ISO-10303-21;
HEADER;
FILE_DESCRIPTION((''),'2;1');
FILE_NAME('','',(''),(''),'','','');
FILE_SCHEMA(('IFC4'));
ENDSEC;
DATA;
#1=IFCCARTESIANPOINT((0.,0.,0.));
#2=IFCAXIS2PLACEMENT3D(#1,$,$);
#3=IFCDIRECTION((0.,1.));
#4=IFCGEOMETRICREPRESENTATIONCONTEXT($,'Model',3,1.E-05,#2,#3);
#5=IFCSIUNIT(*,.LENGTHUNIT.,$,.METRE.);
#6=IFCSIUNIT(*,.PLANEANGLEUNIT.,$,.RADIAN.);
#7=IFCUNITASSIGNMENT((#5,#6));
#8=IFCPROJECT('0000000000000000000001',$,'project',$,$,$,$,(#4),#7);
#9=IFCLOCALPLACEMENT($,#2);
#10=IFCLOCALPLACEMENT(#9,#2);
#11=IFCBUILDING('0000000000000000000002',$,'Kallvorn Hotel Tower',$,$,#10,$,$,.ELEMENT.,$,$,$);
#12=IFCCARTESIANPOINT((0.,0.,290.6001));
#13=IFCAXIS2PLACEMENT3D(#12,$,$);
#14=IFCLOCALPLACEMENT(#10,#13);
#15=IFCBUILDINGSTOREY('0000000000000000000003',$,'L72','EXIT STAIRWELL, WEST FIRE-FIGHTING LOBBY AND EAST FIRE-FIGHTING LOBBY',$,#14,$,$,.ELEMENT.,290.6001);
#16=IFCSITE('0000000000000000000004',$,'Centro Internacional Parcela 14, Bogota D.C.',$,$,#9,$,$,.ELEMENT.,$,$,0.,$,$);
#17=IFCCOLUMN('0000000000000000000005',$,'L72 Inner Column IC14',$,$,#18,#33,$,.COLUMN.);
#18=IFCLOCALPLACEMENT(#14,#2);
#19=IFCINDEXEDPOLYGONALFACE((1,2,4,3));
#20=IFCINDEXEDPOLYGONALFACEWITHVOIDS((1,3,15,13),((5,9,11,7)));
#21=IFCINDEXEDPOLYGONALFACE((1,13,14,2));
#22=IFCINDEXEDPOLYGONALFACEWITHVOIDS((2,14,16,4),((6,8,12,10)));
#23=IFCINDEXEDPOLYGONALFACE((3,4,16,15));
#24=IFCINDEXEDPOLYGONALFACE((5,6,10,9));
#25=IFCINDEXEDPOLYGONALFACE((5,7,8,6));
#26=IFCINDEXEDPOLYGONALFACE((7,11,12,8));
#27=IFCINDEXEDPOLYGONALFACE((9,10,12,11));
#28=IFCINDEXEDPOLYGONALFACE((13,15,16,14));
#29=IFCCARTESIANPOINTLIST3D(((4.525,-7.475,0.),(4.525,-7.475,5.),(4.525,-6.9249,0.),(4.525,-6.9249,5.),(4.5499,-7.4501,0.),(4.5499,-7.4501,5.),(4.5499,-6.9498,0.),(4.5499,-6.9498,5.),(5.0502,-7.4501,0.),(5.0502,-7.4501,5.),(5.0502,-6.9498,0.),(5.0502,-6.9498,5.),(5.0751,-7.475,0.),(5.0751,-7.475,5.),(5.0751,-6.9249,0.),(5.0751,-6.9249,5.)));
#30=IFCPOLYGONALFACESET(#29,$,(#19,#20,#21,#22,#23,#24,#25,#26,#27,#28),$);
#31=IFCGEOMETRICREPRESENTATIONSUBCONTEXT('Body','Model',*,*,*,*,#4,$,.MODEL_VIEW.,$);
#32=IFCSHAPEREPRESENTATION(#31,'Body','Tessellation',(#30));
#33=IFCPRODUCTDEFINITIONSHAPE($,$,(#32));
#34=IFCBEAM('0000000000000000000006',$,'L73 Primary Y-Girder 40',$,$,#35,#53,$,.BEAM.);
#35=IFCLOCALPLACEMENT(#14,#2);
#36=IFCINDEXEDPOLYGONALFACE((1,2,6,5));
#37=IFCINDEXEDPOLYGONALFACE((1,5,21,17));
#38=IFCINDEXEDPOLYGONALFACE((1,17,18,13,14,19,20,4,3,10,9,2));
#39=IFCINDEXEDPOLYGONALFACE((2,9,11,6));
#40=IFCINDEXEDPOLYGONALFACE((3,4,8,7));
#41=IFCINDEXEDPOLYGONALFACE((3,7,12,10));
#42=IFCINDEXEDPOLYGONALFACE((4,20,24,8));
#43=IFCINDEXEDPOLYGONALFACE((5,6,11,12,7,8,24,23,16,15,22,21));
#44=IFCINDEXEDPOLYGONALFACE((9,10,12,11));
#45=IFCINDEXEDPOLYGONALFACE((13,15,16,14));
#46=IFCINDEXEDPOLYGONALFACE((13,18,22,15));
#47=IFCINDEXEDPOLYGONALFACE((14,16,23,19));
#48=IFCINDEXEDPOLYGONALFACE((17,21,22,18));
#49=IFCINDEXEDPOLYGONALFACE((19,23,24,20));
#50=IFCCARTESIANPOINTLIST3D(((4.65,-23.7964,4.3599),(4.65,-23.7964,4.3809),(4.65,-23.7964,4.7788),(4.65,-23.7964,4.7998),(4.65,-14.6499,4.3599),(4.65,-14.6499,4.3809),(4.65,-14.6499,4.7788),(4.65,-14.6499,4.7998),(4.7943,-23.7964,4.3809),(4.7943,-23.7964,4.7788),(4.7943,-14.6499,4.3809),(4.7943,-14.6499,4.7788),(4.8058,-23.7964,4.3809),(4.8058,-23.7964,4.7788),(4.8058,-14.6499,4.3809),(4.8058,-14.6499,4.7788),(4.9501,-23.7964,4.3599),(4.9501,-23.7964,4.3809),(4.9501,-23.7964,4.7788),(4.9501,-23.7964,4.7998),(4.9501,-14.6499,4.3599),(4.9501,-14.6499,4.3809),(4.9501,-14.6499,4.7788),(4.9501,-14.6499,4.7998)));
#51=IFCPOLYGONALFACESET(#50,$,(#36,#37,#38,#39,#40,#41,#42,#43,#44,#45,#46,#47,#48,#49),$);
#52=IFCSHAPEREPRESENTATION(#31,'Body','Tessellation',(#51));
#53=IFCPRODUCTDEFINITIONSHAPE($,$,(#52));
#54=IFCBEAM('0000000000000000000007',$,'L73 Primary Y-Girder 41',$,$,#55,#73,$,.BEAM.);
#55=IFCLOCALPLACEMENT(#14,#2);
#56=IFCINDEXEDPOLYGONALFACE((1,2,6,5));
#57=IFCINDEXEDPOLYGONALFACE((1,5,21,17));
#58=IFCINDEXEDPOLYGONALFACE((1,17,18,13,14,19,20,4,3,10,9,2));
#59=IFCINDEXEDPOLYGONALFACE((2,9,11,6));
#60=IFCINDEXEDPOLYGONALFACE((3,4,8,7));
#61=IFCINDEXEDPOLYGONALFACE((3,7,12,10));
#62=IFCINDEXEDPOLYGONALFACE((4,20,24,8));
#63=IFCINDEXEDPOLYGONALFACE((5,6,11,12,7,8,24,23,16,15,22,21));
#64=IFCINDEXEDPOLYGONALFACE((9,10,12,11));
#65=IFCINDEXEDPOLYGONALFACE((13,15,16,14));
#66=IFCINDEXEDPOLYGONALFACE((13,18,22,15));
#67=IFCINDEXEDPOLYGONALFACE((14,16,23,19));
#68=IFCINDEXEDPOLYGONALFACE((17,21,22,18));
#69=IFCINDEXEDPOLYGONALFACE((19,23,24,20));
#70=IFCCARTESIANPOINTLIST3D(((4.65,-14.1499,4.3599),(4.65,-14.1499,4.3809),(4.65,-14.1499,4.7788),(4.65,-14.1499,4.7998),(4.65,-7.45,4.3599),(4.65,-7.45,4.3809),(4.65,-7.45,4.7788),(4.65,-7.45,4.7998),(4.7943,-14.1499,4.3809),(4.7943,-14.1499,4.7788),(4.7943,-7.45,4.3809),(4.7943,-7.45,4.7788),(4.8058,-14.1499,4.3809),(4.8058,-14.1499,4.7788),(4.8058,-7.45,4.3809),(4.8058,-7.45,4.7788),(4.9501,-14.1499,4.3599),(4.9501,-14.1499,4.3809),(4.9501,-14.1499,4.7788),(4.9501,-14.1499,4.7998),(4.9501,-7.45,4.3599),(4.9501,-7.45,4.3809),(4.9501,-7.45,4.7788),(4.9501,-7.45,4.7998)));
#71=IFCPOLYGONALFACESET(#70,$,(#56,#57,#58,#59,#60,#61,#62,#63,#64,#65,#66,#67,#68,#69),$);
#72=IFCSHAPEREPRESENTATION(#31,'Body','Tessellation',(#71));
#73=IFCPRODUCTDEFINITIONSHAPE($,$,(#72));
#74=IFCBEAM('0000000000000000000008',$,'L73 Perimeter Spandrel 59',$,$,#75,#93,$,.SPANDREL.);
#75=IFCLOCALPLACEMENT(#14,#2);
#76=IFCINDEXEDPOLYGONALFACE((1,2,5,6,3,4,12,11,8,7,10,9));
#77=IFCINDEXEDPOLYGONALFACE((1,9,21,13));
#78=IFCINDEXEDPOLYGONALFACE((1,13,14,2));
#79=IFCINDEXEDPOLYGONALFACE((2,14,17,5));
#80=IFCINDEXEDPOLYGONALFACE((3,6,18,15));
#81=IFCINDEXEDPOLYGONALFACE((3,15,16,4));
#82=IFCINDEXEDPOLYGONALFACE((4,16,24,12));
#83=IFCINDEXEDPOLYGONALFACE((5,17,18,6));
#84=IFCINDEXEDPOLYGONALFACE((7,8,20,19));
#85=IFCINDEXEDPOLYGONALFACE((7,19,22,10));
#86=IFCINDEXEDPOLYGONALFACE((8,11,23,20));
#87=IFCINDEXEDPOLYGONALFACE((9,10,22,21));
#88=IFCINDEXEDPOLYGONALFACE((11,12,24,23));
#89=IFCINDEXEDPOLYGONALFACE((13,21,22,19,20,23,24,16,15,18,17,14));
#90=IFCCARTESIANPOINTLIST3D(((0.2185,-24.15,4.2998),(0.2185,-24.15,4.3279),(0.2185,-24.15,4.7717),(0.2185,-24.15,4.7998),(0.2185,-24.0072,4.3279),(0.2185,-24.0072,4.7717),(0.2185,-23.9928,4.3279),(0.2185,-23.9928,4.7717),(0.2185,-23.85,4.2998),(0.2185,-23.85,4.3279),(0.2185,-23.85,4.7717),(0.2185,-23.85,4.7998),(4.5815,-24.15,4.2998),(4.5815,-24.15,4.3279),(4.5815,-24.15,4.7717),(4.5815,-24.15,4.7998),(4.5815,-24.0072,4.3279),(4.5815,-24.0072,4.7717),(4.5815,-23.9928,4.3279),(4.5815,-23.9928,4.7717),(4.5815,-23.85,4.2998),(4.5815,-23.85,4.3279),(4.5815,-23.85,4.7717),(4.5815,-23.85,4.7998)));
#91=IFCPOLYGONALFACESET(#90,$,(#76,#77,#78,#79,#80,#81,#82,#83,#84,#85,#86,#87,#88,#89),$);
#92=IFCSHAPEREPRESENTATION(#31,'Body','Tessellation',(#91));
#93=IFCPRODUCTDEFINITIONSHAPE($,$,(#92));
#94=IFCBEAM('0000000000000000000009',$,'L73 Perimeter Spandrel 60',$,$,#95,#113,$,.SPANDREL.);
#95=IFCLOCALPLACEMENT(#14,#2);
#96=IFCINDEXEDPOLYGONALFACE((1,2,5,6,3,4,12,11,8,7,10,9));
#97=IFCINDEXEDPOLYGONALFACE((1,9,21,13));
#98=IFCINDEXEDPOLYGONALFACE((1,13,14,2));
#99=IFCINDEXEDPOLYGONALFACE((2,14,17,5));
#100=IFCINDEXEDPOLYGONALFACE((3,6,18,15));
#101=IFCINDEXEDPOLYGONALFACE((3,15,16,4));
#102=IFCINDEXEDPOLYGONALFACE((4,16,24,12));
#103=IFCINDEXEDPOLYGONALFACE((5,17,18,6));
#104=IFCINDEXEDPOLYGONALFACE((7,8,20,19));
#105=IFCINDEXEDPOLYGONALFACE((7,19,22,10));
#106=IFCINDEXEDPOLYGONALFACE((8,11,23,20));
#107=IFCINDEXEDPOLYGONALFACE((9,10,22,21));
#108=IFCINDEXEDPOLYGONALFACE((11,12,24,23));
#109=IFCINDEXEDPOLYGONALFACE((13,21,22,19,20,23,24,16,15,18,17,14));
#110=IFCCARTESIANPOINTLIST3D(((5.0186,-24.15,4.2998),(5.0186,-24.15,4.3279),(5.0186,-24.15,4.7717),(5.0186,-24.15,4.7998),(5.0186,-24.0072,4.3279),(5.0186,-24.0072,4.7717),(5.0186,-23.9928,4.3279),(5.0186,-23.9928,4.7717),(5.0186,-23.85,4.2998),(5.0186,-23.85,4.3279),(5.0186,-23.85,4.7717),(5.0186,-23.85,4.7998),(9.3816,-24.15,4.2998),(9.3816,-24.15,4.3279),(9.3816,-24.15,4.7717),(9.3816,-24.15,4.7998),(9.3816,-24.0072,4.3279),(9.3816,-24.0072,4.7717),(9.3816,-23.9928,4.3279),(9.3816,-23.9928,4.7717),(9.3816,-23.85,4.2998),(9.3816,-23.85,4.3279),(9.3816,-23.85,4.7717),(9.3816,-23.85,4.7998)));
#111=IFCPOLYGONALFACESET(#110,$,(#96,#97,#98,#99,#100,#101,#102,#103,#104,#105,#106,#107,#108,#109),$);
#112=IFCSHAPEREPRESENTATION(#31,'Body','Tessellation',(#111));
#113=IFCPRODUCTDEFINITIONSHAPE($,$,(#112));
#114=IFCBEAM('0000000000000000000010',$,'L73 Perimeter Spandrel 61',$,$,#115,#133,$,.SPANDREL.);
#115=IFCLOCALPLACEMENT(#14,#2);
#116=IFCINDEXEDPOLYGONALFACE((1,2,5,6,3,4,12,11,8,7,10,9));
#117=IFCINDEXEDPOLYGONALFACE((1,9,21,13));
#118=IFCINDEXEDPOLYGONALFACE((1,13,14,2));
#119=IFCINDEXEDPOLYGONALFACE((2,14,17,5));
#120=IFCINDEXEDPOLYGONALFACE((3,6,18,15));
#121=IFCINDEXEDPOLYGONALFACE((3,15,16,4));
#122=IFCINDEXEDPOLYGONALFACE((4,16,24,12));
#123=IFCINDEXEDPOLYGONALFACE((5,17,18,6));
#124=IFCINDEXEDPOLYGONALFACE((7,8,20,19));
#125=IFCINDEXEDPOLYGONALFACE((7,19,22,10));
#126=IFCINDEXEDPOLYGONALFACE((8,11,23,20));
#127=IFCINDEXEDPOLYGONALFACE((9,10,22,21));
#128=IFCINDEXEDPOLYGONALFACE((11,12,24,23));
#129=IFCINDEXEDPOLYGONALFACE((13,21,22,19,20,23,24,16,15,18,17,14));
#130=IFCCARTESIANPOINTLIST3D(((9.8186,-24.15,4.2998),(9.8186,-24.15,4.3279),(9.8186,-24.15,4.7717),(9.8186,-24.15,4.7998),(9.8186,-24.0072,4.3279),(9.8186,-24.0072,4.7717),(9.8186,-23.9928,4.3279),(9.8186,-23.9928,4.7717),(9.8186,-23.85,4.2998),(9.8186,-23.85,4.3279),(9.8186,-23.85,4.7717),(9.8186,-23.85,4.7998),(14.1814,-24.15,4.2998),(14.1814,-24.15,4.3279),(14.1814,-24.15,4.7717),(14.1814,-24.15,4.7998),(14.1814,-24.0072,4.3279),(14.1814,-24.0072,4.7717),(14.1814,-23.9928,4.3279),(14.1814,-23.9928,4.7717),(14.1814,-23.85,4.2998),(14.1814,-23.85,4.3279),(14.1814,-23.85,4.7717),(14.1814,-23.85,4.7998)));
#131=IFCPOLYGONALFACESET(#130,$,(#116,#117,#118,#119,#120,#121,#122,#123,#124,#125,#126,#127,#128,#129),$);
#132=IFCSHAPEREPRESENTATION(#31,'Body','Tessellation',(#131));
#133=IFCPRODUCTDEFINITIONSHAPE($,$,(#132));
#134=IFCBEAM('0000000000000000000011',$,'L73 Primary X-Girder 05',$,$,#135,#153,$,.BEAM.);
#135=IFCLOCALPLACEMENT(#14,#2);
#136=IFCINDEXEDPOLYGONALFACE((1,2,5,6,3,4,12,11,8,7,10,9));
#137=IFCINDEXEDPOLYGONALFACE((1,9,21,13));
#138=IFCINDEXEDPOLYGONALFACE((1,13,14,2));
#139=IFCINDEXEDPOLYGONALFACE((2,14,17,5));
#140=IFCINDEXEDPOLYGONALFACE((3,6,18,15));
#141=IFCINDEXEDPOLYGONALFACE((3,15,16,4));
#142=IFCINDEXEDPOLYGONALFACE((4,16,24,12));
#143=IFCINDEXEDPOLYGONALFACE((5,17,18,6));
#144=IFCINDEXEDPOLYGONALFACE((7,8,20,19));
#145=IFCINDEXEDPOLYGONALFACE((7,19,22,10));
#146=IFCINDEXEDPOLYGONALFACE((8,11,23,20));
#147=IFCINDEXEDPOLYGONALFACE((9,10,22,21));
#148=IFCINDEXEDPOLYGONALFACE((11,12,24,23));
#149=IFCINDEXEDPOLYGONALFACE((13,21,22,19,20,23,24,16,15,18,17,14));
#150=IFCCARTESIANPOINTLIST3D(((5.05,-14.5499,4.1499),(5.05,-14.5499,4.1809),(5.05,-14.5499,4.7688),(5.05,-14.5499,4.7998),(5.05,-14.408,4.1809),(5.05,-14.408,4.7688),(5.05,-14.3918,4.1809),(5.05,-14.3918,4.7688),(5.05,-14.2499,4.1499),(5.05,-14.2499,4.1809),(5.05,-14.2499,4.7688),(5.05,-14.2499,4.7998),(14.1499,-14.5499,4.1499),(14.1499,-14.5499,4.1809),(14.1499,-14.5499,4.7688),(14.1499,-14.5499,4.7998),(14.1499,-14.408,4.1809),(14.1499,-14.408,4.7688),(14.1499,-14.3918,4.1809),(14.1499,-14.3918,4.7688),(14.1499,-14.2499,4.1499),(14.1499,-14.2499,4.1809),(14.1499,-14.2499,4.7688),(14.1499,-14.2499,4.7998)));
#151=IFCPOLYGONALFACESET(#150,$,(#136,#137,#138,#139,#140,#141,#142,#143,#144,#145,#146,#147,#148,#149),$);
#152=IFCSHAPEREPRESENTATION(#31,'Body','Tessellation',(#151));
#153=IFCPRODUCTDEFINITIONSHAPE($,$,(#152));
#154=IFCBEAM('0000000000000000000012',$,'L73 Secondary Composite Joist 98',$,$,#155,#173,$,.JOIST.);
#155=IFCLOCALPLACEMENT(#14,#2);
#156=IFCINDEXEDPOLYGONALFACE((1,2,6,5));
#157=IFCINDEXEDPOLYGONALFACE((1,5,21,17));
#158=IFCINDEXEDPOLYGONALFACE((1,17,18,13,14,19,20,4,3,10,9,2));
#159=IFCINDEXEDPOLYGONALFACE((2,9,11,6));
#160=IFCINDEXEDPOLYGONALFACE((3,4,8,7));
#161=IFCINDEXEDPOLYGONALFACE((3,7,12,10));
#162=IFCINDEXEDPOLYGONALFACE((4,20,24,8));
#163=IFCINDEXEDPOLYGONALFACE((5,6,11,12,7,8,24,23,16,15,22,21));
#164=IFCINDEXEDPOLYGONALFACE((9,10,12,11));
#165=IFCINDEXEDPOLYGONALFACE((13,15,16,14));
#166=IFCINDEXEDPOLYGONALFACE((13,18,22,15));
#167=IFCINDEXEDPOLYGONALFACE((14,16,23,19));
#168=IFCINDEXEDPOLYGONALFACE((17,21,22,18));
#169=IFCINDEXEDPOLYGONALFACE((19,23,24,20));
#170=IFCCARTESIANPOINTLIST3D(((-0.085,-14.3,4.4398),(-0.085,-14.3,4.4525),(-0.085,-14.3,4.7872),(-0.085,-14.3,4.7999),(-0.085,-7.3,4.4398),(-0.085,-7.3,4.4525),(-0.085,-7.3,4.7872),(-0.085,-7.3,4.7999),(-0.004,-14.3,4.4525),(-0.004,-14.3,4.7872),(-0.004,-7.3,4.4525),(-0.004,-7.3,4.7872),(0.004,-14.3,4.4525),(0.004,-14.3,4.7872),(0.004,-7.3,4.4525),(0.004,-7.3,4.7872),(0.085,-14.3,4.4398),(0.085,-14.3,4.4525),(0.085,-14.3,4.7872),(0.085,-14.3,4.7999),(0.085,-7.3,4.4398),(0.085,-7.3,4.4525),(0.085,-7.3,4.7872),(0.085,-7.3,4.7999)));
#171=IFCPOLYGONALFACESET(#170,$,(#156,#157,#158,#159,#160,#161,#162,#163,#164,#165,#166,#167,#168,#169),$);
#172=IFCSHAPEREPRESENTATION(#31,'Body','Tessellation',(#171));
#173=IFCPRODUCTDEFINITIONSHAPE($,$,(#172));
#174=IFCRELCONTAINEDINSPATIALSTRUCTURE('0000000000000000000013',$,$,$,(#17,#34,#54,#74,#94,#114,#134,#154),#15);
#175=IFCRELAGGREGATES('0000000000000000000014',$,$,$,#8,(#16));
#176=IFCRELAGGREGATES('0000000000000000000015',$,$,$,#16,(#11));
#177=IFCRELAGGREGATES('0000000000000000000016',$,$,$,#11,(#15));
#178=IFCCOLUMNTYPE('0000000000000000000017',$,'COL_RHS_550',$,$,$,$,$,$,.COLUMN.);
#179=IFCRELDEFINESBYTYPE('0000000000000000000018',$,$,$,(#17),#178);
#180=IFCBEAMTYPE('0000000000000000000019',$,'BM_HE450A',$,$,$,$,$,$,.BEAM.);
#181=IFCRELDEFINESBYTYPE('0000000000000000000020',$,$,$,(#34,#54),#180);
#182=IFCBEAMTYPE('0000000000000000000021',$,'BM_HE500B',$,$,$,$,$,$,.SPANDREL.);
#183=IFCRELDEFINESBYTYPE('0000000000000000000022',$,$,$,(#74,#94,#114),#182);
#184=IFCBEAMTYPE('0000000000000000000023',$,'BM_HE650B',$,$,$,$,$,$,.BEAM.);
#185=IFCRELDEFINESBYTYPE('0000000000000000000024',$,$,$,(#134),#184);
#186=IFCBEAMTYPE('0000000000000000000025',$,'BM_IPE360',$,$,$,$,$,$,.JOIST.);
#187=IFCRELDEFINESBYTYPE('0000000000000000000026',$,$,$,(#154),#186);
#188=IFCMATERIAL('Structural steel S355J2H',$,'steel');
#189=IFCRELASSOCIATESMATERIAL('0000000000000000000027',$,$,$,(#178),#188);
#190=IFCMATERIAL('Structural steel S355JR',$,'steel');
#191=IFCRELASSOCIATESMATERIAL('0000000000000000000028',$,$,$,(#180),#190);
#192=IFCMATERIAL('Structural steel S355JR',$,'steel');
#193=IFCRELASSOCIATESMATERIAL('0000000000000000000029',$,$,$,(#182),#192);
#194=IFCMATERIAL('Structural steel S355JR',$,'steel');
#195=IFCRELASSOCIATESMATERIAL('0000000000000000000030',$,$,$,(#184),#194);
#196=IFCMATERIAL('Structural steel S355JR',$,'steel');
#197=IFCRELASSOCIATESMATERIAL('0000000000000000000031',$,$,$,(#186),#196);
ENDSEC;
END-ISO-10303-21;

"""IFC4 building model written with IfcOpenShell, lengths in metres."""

from ifc_helpers import new_model, si_unit, direction, frame, origin, origin_2d, place, context, subcontext, project, spatial, hollow_rectangle, i_section, extrude, material, material_profile, profile_set, type_object, element, save


model = new_model("IFC4")

# Units and contexts
model_context = context("Model", 3, precision=1e-05, world=origin(), true_north=direction((0.0, 1.0)))
body_context = subcontext(model_context, "Body", "Model", "MODEL_VIEW")
ifc_project = project(units=[si_unit("LENGTHUNIT", "METRE"), si_unit("PLANEANGLEUNIT", "RADIAN")], contexts=[model_context])

# Site, building, storey
site_placement = place(None, origin())
site = spatial("IfcSite", under=ifc_project, at=site_placement, Name="Centro Internacional Parcela 14, Bogota D.C.", CompositionType="ELEMENT", RefElevation=0.0)
building_placement = place(site_placement, origin())
building = spatial("IfcBuilding", under=site, at=building_placement, Name="Kallvorn Hotel Tower", CompositionType="ELEMENT")
storey_placement = place(building_placement, frame((0.0, 0.0, 290.6001)))
storey = spatial("IfcBuildingStorey", under=building, at=storey_placement, Name="L72", Description="EXIT STAIRWELL, WEST FIRE-FIGHTING LOBBY AND EAST FIRE-FIGHTING LOBBY", CompositionType="ELEMENT", Elevation=290.6001)

# Column
ifc_material_1 = material(Name="Structural steel S355J2H", Category="steel")
ifc_material_profile_1 = material_profile(ifc_material_1, hollow_rectangle(XDim=0.55, YDim=0.55, WallThickness=0.0249, at=origin_2d()), Name="RHS 550x550x25")
ifc_profile_set_1 = profile_set([ifc_material_profile_1], Name="Structural steel S355J2H")
column_type_1 = type_object("IfcColumnType", Name="COL_RHS_550", PredefinedType="COLUMN", material=ifc_profile_set_1)
for number, where, z_axis, x_axis, name in (
    (1, (4.8, -7.2, 0.0), (0.0, 0.0, 1.0), (1.0, 0.0, 0.0), "L72 Inner Column IC14"),
):
    element("IfcColumn", number, at=place(storey_placement, frame(where, z_axis=z_axis, x_axis=x_axis)), inside=storey, type_object=column_type_1, Name=name, PredefinedType="COLUMN", context=body_context, shape_type="SweptSolid", body=[
        extrude(hollow_rectangle(XDim=0.55, YDim=0.55, WallThickness=0.0249, at=origin_2d()), origin(), (0.0, 0.0, 1.0), 5.0),
    ])

# Beams
ifc_material_2 = material(Name="Structural steel S355JR", Category="steel")
ifc_material_profile_2 = material_profile(ifc_material_2, i_section(OverallWidth=0.3, OverallDepth=0.4399, WebThickness=0.0115, FlangeThickness=0.021, at=origin_2d()), Name="HE 450 A")
ifc_profile_set_2 = profile_set([ifc_material_profile_2], Name="Structural steel S355JR")
beam_type_1 = type_object("IfcBeamType", Name="BM_HE450A", PredefinedType="BEAM", material=ifc_profile_set_2)
beam_1_placement = place(storey_placement, frame((4.8, -23.7964, 4.5798), z_axis=(0.0, 1.0, 0.0), x_axis=(-1.0, 0.0, 0.0)))
element("IfcBeam", 2, at=beam_1_placement, inside=storey, type_object=beam_type_1, Name="L73 Primary Y-Girder 40", PredefinedType="BEAM", context=body_context, shape_type="SweptSolid", body=[
    extrude(i_section(OverallWidth=0.3, OverallDepth=0.4399, WebThickness=0.0115, FlangeThickness=0.021, at=origin_2d()), origin(), (0.0, 0.0, 1.0), 9.1465),
])
beam_2_placement = place(storey_placement, frame((4.8, -14.1499, 4.5798), z_axis=(0.0, 1.0, 0.0), x_axis=(-1.0, 0.0, 0.0)))
element("IfcBeam", 3, at=beam_2_placement, inside=storey, type_object=beam_type_1, Name="L73 Primary Y-Girder 41", PredefinedType="BEAM", context=body_context, shape_type="SweptSolid", body=[
    extrude(i_section(OverallWidth=0.3, OverallDepth=0.4399, WebThickness=0.0115, FlangeThickness=0.021, at=origin_2d()), origin(), (0.0, 0.0, 1.0), 6.7),
])
ifc_material_3 = material(Name="Structural steel S355JR", Category="steel")
ifc_material_profile_3 = material_profile(ifc_material_3, i_section(OverallWidth=0.3, OverallDepth=0.5, WebThickness=0.0144, FlangeThickness=0.0281, at=origin_2d()), Name="HE 500 B")
ifc_profile_set_3 = profile_set([ifc_material_profile_3], Name="Structural steel S355JR")
beam_type_2 = type_object("IfcBeamType", Name="BM_HE500B", PredefinedType="SPANDREL", material=ifc_profile_set_3)
for number, where, z_axis, x_axis, name in (
    (4, (0.2185, -24.0, 4.5498), (1.0, 0.0, 0.0), (0.0, 1.0, 0.0), "L73 Perimeter Spandrel 59"),
    (5, (5.0186, -24.0, 4.5498), (1.0, 0.0, 0.0), (0.0, 1.0, 0.0), "L73 Perimeter Spandrel 60"),
):
    element("IfcBeam", number, at=place(storey_placement, frame(where, z_axis=z_axis, x_axis=x_axis)), inside=storey, type_object=beam_type_2, Name=name, PredefinedType="SPANDREL", context=body_context, shape_type="SweptSolid", body=[
        extrude(i_section(OverallWidth=0.3, OverallDepth=0.5, WebThickness=0.0144, FlangeThickness=0.0281, at=origin_2d()), origin(), (0.0, 0.0, 1.0), 4.363),
    ])
beam_3_placement = place(storey_placement, frame((9.8186, -24.0, 4.5498), z_axis=(1.0, 0.0, 0.0), x_axis=(0.0, 1.0, 0.0)))
element("IfcBeam", 6, at=beam_3_placement, inside=storey, type_object=beam_type_2, Name="L73 Perimeter Spandrel 61", PredefinedType="SPANDREL", context=body_context, shape_type="SweptSolid", body=[
    extrude(i_section(OverallWidth=0.3, OverallDepth=0.5, WebThickness=0.0144, FlangeThickness=0.0281, at=origin_2d()), origin(), (0.0, 0.0, 1.0), 4.3628),
])
ifc_material_4 = material(Name="Structural steel S355JR", Category="steel")
ifc_material_profile_4 = material_profile(ifc_material_4, i_section(OverallWidth=0.3, OverallDepth=0.6499, WebThickness=0.0161, FlangeThickness=0.031, at=origin_2d()), Name="HE 650 B")
ifc_profile_set_4 = profile_set([ifc_material_profile_4], Name="Structural steel S355JR")
beam_type_3 = type_object("IfcBeamType", Name="BM_HE650B", PredefinedType="BEAM", material=ifc_profile_set_4)
beam_4_placement = place(storey_placement, frame((5.05, -14.3999, 4.4749), z_axis=(1.0, 0.0, 0.0), x_axis=(0.0, 1.0, 0.0)))
element("IfcBeam", 7, at=beam_4_placement, inside=storey, type_object=beam_type_3, Name="L73 Primary X-Girder 05", PredefinedType="BEAM", context=body_context, shape_type="SweptSolid", body=[
    extrude(i_section(OverallWidth=0.3, OverallDepth=0.6499, WebThickness=0.0161, FlangeThickness=0.031, at=origin_2d()), origin(), (0.0, 0.0, 1.0), 9.0999),
])
ifc_material_5 = material(Name="Structural steel S355JR", Category="steel")
ifc_material_profile_5 = material_profile(ifc_material_5, i_section(OverallWidth=0.1699, OverallDepth=0.3601, WebThickness=0.0081, FlangeThickness=0.0127, at=origin_2d()), Name="IPE 360")
ifc_profile_set_5 = profile_set([ifc_material_profile_5], Name="Structural steel S355JR")
beam_type_4 = type_object("IfcBeamType", Name="BM_IPE360", PredefinedType="JOIST", material=ifc_profile_set_5)
for number, where, z_axis, x_axis, name in (
    (8, (0.0, -14.3, 4.6199), (0.0, 1.0, 0.0), (-1.0, 0.0, 0.0), "L73 Secondary Composite Joist 98"),
):
    element("IfcBeam", number, at=place(storey_placement, frame(where, z_axis=z_axis, x_axis=x_axis)), inside=storey, type_object=beam_type_4, Name=name, PredefinedType="JOIST", context=body_context, shape_type="SweptSolid", body=[
        extrude(i_section(OverallWidth=0.1699, OverallDepth=0.3601, WebThickness=0.0081, FlangeThickness=0.0127, at=origin_2d()), origin(), (0.0, 0.0, 1.0), 7.0),
    ])

save(model, "model.ifc")
